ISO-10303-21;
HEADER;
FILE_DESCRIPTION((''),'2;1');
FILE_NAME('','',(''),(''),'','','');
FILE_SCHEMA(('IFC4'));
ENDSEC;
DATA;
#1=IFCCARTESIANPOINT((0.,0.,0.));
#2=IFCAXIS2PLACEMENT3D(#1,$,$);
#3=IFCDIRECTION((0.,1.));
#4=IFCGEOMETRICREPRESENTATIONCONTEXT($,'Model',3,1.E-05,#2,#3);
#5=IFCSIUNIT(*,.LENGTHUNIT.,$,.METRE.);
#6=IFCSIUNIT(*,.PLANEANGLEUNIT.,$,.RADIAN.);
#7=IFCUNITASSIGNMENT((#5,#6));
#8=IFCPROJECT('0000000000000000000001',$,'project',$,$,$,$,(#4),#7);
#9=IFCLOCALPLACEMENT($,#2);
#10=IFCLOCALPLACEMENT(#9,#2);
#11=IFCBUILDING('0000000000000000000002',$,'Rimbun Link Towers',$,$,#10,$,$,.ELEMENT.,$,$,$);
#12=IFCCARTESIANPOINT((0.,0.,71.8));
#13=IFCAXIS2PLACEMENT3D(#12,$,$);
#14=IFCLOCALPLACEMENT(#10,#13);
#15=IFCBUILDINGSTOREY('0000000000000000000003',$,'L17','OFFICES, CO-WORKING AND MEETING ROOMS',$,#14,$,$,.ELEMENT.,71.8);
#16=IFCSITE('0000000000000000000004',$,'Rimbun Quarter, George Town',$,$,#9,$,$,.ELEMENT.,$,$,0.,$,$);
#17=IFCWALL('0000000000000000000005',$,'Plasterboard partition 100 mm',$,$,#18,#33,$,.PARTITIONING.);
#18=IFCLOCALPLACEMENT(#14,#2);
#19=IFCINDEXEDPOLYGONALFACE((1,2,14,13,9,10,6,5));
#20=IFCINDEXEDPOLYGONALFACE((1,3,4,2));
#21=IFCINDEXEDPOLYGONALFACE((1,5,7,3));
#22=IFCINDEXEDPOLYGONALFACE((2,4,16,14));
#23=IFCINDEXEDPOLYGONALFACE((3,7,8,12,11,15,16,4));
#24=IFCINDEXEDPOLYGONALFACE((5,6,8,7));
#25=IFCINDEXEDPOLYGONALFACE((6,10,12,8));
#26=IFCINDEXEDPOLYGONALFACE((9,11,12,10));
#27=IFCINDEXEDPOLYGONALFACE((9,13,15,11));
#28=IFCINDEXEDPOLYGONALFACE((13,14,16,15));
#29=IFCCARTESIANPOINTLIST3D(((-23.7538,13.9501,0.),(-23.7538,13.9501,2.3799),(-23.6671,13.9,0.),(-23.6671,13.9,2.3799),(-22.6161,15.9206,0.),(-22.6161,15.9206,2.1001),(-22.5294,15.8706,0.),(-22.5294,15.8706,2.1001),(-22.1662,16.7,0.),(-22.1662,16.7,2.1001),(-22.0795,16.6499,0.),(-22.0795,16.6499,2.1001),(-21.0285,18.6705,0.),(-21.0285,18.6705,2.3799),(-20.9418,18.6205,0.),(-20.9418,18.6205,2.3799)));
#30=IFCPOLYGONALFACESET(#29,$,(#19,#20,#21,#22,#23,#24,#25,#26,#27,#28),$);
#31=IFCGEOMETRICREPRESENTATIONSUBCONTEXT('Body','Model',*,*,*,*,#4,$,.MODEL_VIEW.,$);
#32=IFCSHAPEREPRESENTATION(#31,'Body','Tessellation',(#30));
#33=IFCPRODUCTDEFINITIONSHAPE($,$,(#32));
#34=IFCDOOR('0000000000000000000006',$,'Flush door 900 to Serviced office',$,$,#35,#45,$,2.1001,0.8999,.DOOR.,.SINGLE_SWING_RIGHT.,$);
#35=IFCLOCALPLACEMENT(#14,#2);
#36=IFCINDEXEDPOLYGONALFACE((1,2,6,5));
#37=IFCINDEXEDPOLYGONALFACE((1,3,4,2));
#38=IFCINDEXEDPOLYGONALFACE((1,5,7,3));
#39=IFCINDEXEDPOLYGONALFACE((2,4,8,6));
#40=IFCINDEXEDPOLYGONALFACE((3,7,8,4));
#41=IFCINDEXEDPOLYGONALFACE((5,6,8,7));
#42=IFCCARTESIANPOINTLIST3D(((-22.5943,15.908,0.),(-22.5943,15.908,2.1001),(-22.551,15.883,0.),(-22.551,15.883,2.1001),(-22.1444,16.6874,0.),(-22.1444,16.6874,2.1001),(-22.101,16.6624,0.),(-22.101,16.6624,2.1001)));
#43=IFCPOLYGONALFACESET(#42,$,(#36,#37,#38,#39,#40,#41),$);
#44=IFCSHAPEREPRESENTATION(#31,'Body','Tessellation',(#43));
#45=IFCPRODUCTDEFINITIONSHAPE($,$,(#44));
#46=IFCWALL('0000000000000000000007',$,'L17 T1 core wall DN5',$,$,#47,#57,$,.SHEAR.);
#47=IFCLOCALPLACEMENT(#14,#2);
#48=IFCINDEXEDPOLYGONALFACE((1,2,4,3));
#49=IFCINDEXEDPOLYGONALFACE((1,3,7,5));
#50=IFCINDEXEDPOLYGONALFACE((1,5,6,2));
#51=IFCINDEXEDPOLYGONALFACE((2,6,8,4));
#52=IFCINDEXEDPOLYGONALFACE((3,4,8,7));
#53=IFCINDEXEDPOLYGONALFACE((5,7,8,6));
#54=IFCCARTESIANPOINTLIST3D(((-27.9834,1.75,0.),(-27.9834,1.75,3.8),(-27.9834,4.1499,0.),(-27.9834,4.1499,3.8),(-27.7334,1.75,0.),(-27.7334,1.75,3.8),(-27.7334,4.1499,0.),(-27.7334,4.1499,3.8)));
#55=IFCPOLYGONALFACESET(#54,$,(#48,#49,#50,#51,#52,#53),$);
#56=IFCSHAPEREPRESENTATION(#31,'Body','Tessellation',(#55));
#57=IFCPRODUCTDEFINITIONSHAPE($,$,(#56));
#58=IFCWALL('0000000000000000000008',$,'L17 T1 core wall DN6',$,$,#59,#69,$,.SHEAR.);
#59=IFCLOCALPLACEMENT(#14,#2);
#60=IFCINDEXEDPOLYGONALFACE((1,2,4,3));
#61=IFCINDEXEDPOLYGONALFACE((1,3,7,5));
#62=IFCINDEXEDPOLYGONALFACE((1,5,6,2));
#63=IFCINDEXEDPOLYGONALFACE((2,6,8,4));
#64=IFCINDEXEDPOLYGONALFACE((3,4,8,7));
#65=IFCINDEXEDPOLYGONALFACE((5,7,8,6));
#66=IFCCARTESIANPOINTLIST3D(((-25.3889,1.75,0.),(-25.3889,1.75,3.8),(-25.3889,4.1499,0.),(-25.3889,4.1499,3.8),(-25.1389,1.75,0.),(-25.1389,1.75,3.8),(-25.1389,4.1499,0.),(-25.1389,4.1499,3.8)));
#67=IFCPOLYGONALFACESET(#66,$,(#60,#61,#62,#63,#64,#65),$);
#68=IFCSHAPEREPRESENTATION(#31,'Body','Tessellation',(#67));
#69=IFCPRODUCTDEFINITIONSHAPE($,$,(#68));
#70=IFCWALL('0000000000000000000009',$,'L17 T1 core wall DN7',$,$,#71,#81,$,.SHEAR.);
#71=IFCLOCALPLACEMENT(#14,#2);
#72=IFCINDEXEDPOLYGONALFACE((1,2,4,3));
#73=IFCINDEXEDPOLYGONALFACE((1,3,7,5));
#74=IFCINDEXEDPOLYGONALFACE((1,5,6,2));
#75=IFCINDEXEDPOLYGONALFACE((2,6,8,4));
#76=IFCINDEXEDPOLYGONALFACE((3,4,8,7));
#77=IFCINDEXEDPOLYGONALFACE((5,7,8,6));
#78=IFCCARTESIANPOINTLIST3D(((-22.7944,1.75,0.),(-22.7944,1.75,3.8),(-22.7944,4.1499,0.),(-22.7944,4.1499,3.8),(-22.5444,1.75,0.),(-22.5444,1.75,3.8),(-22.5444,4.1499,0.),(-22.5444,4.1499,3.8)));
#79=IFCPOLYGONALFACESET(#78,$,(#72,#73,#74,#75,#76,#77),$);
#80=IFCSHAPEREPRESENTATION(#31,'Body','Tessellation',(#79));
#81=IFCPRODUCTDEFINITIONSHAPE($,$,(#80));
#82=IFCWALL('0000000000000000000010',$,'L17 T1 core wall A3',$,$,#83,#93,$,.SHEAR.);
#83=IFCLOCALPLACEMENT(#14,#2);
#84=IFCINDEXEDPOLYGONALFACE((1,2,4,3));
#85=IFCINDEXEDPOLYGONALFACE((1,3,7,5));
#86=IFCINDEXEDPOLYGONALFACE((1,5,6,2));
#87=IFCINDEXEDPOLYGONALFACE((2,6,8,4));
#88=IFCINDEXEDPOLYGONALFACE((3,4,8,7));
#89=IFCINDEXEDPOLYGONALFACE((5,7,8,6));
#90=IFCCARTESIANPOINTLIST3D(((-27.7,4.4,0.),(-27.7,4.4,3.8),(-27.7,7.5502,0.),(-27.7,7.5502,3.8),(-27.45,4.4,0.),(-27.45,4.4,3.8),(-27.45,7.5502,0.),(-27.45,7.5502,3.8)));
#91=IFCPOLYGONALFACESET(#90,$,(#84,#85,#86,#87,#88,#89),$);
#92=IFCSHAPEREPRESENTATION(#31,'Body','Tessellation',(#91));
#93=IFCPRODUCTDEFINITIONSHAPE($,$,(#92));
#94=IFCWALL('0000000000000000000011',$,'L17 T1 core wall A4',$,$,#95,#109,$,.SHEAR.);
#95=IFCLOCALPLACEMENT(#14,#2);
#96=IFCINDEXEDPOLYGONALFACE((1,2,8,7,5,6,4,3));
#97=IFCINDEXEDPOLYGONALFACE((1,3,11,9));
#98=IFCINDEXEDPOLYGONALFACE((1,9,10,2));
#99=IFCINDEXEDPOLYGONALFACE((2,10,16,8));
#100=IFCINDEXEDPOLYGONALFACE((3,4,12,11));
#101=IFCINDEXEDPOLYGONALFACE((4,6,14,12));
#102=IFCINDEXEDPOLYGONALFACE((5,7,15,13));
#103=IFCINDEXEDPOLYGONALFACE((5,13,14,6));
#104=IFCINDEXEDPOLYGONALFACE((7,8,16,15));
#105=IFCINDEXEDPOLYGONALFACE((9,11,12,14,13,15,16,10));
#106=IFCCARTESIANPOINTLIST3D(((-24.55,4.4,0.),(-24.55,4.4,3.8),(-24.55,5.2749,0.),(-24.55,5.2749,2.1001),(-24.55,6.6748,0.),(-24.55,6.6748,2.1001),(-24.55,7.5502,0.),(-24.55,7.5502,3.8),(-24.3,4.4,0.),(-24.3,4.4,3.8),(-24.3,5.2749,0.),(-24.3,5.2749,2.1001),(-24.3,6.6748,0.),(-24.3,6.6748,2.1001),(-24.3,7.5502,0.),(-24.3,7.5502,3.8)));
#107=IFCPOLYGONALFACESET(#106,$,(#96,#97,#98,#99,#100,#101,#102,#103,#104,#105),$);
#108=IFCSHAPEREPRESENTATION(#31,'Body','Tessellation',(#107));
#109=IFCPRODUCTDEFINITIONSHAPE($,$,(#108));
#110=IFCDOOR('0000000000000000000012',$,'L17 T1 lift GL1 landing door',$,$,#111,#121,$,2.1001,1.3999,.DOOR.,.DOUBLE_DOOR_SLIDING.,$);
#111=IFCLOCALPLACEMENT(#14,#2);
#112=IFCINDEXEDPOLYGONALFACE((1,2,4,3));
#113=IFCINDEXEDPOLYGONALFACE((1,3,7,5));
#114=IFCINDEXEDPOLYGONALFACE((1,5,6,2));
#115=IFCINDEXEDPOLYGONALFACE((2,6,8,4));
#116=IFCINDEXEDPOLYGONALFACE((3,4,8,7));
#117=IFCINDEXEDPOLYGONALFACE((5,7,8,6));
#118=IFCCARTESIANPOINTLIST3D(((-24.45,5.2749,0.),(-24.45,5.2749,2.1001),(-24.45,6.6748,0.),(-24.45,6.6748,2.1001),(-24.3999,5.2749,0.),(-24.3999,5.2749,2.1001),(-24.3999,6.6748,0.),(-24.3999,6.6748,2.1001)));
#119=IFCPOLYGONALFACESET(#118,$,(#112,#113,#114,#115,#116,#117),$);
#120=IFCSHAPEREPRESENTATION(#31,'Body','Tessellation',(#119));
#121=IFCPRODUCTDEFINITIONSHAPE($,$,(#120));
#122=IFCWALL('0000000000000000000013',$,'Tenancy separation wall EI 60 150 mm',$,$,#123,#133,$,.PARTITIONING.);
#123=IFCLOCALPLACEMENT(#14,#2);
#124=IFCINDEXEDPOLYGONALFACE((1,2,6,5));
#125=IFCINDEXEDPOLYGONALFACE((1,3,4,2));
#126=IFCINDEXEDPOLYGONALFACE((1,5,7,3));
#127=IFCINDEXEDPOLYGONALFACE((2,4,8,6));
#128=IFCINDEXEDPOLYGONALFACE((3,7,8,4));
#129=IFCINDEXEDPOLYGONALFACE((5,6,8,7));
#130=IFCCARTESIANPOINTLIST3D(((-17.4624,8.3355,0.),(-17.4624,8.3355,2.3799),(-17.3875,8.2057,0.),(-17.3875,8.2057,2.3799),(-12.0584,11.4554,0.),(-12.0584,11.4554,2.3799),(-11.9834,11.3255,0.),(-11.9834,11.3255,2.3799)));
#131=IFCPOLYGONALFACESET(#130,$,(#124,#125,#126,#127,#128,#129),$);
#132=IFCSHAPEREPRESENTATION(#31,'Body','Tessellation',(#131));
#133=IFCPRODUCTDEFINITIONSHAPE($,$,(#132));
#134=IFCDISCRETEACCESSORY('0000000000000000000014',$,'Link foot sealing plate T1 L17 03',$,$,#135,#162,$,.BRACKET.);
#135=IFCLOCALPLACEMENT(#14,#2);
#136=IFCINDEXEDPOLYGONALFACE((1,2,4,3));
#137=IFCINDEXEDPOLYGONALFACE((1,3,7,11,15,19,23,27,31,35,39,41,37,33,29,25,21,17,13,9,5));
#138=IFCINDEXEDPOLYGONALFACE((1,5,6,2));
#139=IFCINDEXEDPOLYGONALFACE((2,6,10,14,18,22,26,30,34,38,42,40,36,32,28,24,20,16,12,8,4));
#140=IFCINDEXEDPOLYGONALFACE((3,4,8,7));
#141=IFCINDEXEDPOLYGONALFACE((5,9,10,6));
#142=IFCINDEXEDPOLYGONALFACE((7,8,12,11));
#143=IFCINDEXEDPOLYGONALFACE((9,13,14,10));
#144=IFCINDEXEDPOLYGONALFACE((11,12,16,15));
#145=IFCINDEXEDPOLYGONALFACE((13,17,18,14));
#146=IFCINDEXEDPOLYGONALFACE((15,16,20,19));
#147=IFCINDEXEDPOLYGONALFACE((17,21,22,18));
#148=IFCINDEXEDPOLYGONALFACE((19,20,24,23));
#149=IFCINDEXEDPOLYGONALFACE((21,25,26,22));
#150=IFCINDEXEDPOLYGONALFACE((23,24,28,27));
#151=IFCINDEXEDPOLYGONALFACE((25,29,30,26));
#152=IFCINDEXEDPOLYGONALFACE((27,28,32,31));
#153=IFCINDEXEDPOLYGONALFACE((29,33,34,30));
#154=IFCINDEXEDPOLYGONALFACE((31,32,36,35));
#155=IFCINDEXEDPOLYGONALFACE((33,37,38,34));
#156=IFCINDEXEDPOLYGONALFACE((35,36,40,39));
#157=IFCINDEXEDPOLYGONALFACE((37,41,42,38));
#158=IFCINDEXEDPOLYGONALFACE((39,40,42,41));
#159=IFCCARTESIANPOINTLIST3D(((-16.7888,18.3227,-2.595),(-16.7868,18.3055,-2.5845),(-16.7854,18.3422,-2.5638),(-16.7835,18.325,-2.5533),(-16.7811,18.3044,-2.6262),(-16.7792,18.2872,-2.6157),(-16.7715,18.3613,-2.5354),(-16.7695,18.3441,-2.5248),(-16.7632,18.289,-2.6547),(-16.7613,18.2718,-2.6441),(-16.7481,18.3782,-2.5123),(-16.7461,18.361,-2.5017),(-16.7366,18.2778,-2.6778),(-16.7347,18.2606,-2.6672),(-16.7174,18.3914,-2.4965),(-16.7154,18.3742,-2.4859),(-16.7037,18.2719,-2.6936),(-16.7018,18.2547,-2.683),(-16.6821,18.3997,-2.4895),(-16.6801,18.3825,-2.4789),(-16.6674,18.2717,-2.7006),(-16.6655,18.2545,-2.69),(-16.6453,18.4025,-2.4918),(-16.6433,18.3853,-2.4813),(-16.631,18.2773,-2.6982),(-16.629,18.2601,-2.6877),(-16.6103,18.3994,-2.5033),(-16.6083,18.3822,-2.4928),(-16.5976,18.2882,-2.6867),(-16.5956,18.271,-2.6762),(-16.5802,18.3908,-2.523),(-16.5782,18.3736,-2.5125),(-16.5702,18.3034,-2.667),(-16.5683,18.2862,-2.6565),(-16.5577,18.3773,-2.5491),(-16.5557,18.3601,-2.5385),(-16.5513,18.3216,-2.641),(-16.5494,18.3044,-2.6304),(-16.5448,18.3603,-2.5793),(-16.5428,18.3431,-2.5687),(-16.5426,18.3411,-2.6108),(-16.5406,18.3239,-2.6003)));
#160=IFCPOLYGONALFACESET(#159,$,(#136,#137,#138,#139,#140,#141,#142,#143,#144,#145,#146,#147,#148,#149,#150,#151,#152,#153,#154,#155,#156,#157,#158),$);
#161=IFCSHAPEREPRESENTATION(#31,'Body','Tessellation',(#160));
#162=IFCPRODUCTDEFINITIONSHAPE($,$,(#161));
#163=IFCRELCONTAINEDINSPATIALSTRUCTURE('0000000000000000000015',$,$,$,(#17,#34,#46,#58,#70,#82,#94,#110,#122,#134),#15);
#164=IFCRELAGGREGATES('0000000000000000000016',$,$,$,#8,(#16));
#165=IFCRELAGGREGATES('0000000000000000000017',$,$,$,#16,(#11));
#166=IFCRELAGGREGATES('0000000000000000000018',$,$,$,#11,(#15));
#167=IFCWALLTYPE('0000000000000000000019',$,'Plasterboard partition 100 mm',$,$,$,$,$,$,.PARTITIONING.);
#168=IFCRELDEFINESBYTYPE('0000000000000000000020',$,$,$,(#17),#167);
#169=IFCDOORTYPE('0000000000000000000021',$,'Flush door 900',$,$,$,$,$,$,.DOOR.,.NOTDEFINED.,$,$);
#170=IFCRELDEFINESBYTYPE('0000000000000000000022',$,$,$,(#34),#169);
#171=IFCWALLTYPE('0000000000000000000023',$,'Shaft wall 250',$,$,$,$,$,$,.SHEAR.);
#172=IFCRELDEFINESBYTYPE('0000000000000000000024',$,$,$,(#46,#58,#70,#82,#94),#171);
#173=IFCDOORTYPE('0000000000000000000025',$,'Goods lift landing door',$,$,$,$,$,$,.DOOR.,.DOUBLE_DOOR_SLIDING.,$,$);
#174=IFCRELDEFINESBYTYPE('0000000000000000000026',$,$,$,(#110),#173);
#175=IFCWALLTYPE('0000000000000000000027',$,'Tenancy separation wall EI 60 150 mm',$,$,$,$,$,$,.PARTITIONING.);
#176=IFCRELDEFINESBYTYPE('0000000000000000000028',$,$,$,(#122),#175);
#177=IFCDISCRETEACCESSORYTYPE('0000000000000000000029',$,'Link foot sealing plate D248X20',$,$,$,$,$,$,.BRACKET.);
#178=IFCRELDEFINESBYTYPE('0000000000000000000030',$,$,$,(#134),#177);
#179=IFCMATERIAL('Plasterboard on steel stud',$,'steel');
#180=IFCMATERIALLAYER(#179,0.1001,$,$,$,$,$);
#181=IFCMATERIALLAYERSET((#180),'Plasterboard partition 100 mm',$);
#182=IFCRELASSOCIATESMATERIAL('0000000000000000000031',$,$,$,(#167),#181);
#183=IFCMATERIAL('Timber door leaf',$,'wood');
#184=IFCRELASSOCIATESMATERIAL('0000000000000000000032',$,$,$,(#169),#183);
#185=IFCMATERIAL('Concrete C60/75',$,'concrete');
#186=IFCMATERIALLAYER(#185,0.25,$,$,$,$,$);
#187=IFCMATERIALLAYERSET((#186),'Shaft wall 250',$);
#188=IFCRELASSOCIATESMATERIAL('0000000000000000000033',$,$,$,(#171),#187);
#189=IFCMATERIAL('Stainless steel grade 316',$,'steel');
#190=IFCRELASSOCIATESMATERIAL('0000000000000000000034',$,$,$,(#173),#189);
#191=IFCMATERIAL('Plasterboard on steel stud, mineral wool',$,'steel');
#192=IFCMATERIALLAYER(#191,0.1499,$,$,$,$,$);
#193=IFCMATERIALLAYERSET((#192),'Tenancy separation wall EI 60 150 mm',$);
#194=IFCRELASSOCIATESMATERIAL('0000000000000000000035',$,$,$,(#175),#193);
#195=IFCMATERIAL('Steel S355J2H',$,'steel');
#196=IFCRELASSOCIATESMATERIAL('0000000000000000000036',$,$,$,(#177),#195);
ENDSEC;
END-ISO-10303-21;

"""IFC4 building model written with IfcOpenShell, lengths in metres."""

from ifc_helpers import new_model, si_unit, direction, frame, frame_2d, origin, origin_2d, place, context, subcontext, project, spatial, rectangle, circle, extrude, material, layer, layer_set, material_profile, profile_set, type_object, element, fill, save


model = new_model("IFC4")

# Units and contexts
model_context = context("Model", 3, precision=1e-05, world=origin(), true_north=direction((0.0, 1.0)))
body_context = subcontext(model_context, "Body", "Model", "MODEL_VIEW")
ifc_project = project(units=[si_unit("LENGTHUNIT", "METRE"), si_unit("PLANEANGLEUNIT", "RADIAN")], contexts=[model_context])

# Site, building, storey
site_placement = place(None, origin())
site = spatial("IfcSite", under=ifc_project, at=site_placement, Name="Rimbun Quarter, George Town", CompositionType="ELEMENT", RefElevation=0.0)
building_placement = place(site_placement, origin())
building = spatial("IfcBuilding", under=site, at=building_placement, Name="Rimbun Link Towers", CompositionType="ELEMENT")
storey_placement = place(building_placement, frame((0.0, 0.0, 71.8)))
storey = spatial("IfcBuildingStorey", under=building, at=storey_placement, Name="L17", Description="OFFICES, CO-WORKING AND MEETING ROOMS", CompositionType="ELEMENT", Elevation=71.8)

# Shared definitions
ifc_material_1 = material(Name="Plasterboard on steel stud", Category="steel")
ifc_layer_1 = layer(ifc_material_1, 0.1001)
ifc_layer_set_1 = layer_set([ifc_layer_1], Name="Plasterboard partition 100 mm")
wall_type_1 = type_object("IfcWallType", Name="Plasterboard partition 100 mm", PredefinedType="PARTITIONING", material=ifc_layer_set_1)

# Wall, opening, door
wall_1_placement = place(storey_placement, frame((-23.7104, 13.925, 0.0), z_axis=(0.0, 0.0, 1.0), x_axis=(0.499998, 0.866027, 0.0)))
wall_1 = element("IfcWall", 1, at=wall_1_placement, inside=storey, type_object=wall_type_1, Name="Plasterboard partition 100 mm", PredefinedType="PARTITIONING", context=body_context, shape_type="SweptSolid", body=[
    extrude(rectangle(XDim=5.4507, YDim=0.1001, at=frame_2d((2.7253, 0.0))), origin(), (0.0, 0.0, 1.0), 2.3799),
])
opening_1_placement = place(wall_1_placement, frame((2.2754, 0.0, 0.0)))
opening_1 = element("IfcOpeningElement", 2, at=opening_1_placement, cuts=wall_1, PredefinedType="OPENING", context=body_context, shape_type="SweptSolid", body=[
    extrude(rectangle(XDim=0.8999, YDim=2.1001, at=frame_2d((0.45, 1.05))), frame((0.0, 0.0601, 0.0), z_axis=(0.0, -1.0, 0.0), x_axis=(1.0, 0.0, 0.0)), (0.0, 0.0, 1.0), 0.1201),
])
ifc_material_2 = material(Name="Timber door leaf", Category="wood")
door_type_1 = type_object("IfcDoorType", Name="Flush door 900", OperationType="NOTDEFINED", PredefinedType="DOOR", material=ifc_material_2)
door_1_placement = place(opening_1_placement, origin())
door_1 = element("IfcDoor", 3, at=door_1_placement, inside=storey, type_object=door_type_1, Name="Flush door 900 to Serviced office", OperationType="SINGLE_SWING_RIGHT", OverallHeight=2.1001, OverallWidth=0.8999, PredefinedType="DOOR", context=body_context, shape_type="SweptSolid", body=[
    extrude(rectangle(XDim=0.8999, YDim=2.1001, at=frame_2d((0.45, 1.05))), frame((0.0, 0.0249, 0.0), z_axis=(0.0, -1.0, 0.0), x_axis=(1.0, 0.0, 0.0)), (0.0, 0.0, 1.0), 0.05),
])
fill(opening_1, door_1)

# Walls
ifc_material_3 = material(Name="Concrete C60/75", Category="concrete")
ifc_layer_2 = layer(ifc_material_3, 0.25)
ifc_layer_set_2 = layer_set([ifc_layer_2], Name="Shaft wall 250")
wall_type_2 = type_object("IfcWallType", Name="Shaft wall 250", PredefinedType="SHEAR", material=ifc_layer_set_2)
for number, where, z_axis, x_axis, name in (
    (4, (-27.8584, 1.75, 0.0), (0.0, 0.0, 1.0), (0.0, 1.0, 0.0), "L17 T1 core wall DN5"),
    (5, (-25.2639, 1.75, 0.0), (0.0, 0.0, 1.0), (0.0, 1.0, 0.0), "L17 T1 core wall DN6"),
    (6, (-22.6694, 1.75, 0.0), (0.0, 0.0, 1.0), (0.0, 1.0, 0.0), "L17 T1 core wall DN7"),
):
    element("IfcWall", number, at=place(storey_placement, frame(where, z_axis=z_axis, x_axis=x_axis)), inside=storey, type_object=wall_type_2, Name=name, PredefinedType="SHEAR", context=body_context, shape_type="SweptSolid", body=[
        extrude(rectangle(XDim=2.3999, YDim=0.25, at=frame_2d((1.2, 0.0))), origin(), (0.0, 0.0, 1.0), 3.8),
    ])
wall_2_placement = place(storey_placement, frame((-27.575, 4.3999, 0.0), z_axis=(0.0, 0.0, 1.0), x_axis=(0.0, 1.0, 0.0)))
element("IfcWall", 7, at=wall_2_placement, inside=storey, type_object=wall_type_2, Name="L17 T1 core wall A3", PredefinedType="SHEAR", context=body_context, shape_type="SweptSolid", body=[
    extrude(rectangle(XDim=3.1501, YDim=0.25, at=frame_2d((1.5752, 0.0))), origin(), (0.0, 0.0, 1.0), 3.8),
])

# Wall, opening, door
wall_3_placement = place(storey_placement, frame((-24.425, 4.3999, 0.0), z_axis=(0.0, 0.0, 1.0), x_axis=(0.0, 1.0, 0.0)))
wall_3 = element("IfcWall", 8, at=wall_3_placement, inside=storey, type_object=wall_type_2, Name="L17 T1 core wall A4", PredefinedType="SHEAR", context=body_context, shape_type="SweptSolid", body=[
    extrude(rectangle(XDim=3.1501, YDim=0.25, at=frame_2d((1.5752, 0.0))), origin(), (0.0, 0.0, 1.0), 3.8),
])
opening_2_placement = place(wall_3_placement, frame((0.875, 0.0, 0.0)))
opening_2 = element("IfcOpeningElement", 9, at=opening_2_placement, cuts=wall_3, PredefinedType="OPENING", context=body_context, shape_type="SweptSolid", body=[
    extrude(rectangle(XDim=1.3999, YDim=2.1001, at=frame_2d((0.7, 1.05))), frame((0.0, 0.135, 0.0), z_axis=(0.0, -1.0, 0.0), x_axis=(1.0, 0.0, 0.0)), (0.0, 0.0, 1.0), 0.27),
])
ifc_material_4 = material(Name="Stainless steel grade 316", Category="steel")
door_type_2 = type_object("IfcDoorType", Name="Goods lift landing door", OperationType="DOUBLE_DOOR_SLIDING", PredefinedType="DOOR", material=ifc_material_4)
door_2_placement = place(opening_2_placement, origin())
door_2 = element("IfcDoor", 10, at=door_2_placement, inside=storey, type_object=door_type_2, Name="L17 T1 lift GL1 landing door", OperationType="DOUBLE_DOOR_SLIDING", OverallHeight=2.1001, OverallWidth=1.3999, PredefinedType="DOOR", context=body_context, shape_type="SweptSolid", body=[
    extrude(rectangle(XDim=1.3999, YDim=2.1001, at=frame_2d((0.7, 1.05))), frame((0.0, 0.0249, 0.0), z_axis=(0.0, -1.0, 0.0), x_axis=(1.0, 0.0, 0.0)), (0.0, 0.0, 1.0), 0.05),
])
fill(opening_2, door_2)

# Wall
ifc_material_5 = material(Name="Plasterboard on steel stud, mineral wool", Category="steel")
ifc_layer_3 = layer(ifc_material_5, 0.1499)
ifc_layer_set_3 = layer_set([ifc_layer_3], Name="Tenancy separation wall EI 60 150 mm")
wall_type_3 = type_object("IfcWallType", Name="Tenancy separation wall EI 60 150 mm", PredefinedType="PARTITIONING", material=ifc_layer_set_3)
wall_4_placement = place(storey_placement, frame((-17.425, 8.2705, 0.0), z_axis=(0.0, 0.0, 1.0), x_axis=(0.866036, 0.499981, 0.0)))
element("IfcWall", 11, at=wall_4_placement, inside=storey, type_object=wall_type_3, Name="Tenancy separation wall EI 60 150 mm", PredefinedType="PARTITIONING", context=body_context, shape_type="SweptSolid", body=[
    extrude(rectangle(XDim=6.24, YDim=0.1499, at=frame_2d((3.1201, 0.0))), origin(), (0.0, 0.0, 1.0), 2.3799),
])

# Discrete accessory
ifc_material_6 = material(Name="Steel S355J2H", Category="steel")
ifc_material_profile_1 = material_profile(ifc_material_6, circle(Radius=0.124, at=origin_2d()), Name="PL D248")
ifc_profile_set_1 = profile_set([ifc_material_profile_1], Name="Steel S355J2H")
discrete_accessory_type = type_object("IfcDiscreteAccessoryType", Name="Link foot sealing plate D248X20", PredefinedType="BRACKET", material=ifc_profile_set_1)
discrete_accessory_1_placement = place(storey_placement, frame((-16.6636, 18.3196, -2.5845), z_axis=(-0.096922, 0.848064, -0.520954), x_axis=(-0.993533, -0.113547, 0.0)))
element("IfcDiscreteAccessory", 12, at=discrete_accessory_1_placement, inside=storey, type_object=discrete_accessory_type, Name="Link foot sealing plate T1 L17 03", PredefinedType="BRACKET", context=body_context, shape_type="SweptSolid", body=[
    extrude(circle(Radius=0.124, at=origin_2d()), origin(), (0.0, 0.0, 1.0), 0.0203),
])

save(model, "model.ifc")
